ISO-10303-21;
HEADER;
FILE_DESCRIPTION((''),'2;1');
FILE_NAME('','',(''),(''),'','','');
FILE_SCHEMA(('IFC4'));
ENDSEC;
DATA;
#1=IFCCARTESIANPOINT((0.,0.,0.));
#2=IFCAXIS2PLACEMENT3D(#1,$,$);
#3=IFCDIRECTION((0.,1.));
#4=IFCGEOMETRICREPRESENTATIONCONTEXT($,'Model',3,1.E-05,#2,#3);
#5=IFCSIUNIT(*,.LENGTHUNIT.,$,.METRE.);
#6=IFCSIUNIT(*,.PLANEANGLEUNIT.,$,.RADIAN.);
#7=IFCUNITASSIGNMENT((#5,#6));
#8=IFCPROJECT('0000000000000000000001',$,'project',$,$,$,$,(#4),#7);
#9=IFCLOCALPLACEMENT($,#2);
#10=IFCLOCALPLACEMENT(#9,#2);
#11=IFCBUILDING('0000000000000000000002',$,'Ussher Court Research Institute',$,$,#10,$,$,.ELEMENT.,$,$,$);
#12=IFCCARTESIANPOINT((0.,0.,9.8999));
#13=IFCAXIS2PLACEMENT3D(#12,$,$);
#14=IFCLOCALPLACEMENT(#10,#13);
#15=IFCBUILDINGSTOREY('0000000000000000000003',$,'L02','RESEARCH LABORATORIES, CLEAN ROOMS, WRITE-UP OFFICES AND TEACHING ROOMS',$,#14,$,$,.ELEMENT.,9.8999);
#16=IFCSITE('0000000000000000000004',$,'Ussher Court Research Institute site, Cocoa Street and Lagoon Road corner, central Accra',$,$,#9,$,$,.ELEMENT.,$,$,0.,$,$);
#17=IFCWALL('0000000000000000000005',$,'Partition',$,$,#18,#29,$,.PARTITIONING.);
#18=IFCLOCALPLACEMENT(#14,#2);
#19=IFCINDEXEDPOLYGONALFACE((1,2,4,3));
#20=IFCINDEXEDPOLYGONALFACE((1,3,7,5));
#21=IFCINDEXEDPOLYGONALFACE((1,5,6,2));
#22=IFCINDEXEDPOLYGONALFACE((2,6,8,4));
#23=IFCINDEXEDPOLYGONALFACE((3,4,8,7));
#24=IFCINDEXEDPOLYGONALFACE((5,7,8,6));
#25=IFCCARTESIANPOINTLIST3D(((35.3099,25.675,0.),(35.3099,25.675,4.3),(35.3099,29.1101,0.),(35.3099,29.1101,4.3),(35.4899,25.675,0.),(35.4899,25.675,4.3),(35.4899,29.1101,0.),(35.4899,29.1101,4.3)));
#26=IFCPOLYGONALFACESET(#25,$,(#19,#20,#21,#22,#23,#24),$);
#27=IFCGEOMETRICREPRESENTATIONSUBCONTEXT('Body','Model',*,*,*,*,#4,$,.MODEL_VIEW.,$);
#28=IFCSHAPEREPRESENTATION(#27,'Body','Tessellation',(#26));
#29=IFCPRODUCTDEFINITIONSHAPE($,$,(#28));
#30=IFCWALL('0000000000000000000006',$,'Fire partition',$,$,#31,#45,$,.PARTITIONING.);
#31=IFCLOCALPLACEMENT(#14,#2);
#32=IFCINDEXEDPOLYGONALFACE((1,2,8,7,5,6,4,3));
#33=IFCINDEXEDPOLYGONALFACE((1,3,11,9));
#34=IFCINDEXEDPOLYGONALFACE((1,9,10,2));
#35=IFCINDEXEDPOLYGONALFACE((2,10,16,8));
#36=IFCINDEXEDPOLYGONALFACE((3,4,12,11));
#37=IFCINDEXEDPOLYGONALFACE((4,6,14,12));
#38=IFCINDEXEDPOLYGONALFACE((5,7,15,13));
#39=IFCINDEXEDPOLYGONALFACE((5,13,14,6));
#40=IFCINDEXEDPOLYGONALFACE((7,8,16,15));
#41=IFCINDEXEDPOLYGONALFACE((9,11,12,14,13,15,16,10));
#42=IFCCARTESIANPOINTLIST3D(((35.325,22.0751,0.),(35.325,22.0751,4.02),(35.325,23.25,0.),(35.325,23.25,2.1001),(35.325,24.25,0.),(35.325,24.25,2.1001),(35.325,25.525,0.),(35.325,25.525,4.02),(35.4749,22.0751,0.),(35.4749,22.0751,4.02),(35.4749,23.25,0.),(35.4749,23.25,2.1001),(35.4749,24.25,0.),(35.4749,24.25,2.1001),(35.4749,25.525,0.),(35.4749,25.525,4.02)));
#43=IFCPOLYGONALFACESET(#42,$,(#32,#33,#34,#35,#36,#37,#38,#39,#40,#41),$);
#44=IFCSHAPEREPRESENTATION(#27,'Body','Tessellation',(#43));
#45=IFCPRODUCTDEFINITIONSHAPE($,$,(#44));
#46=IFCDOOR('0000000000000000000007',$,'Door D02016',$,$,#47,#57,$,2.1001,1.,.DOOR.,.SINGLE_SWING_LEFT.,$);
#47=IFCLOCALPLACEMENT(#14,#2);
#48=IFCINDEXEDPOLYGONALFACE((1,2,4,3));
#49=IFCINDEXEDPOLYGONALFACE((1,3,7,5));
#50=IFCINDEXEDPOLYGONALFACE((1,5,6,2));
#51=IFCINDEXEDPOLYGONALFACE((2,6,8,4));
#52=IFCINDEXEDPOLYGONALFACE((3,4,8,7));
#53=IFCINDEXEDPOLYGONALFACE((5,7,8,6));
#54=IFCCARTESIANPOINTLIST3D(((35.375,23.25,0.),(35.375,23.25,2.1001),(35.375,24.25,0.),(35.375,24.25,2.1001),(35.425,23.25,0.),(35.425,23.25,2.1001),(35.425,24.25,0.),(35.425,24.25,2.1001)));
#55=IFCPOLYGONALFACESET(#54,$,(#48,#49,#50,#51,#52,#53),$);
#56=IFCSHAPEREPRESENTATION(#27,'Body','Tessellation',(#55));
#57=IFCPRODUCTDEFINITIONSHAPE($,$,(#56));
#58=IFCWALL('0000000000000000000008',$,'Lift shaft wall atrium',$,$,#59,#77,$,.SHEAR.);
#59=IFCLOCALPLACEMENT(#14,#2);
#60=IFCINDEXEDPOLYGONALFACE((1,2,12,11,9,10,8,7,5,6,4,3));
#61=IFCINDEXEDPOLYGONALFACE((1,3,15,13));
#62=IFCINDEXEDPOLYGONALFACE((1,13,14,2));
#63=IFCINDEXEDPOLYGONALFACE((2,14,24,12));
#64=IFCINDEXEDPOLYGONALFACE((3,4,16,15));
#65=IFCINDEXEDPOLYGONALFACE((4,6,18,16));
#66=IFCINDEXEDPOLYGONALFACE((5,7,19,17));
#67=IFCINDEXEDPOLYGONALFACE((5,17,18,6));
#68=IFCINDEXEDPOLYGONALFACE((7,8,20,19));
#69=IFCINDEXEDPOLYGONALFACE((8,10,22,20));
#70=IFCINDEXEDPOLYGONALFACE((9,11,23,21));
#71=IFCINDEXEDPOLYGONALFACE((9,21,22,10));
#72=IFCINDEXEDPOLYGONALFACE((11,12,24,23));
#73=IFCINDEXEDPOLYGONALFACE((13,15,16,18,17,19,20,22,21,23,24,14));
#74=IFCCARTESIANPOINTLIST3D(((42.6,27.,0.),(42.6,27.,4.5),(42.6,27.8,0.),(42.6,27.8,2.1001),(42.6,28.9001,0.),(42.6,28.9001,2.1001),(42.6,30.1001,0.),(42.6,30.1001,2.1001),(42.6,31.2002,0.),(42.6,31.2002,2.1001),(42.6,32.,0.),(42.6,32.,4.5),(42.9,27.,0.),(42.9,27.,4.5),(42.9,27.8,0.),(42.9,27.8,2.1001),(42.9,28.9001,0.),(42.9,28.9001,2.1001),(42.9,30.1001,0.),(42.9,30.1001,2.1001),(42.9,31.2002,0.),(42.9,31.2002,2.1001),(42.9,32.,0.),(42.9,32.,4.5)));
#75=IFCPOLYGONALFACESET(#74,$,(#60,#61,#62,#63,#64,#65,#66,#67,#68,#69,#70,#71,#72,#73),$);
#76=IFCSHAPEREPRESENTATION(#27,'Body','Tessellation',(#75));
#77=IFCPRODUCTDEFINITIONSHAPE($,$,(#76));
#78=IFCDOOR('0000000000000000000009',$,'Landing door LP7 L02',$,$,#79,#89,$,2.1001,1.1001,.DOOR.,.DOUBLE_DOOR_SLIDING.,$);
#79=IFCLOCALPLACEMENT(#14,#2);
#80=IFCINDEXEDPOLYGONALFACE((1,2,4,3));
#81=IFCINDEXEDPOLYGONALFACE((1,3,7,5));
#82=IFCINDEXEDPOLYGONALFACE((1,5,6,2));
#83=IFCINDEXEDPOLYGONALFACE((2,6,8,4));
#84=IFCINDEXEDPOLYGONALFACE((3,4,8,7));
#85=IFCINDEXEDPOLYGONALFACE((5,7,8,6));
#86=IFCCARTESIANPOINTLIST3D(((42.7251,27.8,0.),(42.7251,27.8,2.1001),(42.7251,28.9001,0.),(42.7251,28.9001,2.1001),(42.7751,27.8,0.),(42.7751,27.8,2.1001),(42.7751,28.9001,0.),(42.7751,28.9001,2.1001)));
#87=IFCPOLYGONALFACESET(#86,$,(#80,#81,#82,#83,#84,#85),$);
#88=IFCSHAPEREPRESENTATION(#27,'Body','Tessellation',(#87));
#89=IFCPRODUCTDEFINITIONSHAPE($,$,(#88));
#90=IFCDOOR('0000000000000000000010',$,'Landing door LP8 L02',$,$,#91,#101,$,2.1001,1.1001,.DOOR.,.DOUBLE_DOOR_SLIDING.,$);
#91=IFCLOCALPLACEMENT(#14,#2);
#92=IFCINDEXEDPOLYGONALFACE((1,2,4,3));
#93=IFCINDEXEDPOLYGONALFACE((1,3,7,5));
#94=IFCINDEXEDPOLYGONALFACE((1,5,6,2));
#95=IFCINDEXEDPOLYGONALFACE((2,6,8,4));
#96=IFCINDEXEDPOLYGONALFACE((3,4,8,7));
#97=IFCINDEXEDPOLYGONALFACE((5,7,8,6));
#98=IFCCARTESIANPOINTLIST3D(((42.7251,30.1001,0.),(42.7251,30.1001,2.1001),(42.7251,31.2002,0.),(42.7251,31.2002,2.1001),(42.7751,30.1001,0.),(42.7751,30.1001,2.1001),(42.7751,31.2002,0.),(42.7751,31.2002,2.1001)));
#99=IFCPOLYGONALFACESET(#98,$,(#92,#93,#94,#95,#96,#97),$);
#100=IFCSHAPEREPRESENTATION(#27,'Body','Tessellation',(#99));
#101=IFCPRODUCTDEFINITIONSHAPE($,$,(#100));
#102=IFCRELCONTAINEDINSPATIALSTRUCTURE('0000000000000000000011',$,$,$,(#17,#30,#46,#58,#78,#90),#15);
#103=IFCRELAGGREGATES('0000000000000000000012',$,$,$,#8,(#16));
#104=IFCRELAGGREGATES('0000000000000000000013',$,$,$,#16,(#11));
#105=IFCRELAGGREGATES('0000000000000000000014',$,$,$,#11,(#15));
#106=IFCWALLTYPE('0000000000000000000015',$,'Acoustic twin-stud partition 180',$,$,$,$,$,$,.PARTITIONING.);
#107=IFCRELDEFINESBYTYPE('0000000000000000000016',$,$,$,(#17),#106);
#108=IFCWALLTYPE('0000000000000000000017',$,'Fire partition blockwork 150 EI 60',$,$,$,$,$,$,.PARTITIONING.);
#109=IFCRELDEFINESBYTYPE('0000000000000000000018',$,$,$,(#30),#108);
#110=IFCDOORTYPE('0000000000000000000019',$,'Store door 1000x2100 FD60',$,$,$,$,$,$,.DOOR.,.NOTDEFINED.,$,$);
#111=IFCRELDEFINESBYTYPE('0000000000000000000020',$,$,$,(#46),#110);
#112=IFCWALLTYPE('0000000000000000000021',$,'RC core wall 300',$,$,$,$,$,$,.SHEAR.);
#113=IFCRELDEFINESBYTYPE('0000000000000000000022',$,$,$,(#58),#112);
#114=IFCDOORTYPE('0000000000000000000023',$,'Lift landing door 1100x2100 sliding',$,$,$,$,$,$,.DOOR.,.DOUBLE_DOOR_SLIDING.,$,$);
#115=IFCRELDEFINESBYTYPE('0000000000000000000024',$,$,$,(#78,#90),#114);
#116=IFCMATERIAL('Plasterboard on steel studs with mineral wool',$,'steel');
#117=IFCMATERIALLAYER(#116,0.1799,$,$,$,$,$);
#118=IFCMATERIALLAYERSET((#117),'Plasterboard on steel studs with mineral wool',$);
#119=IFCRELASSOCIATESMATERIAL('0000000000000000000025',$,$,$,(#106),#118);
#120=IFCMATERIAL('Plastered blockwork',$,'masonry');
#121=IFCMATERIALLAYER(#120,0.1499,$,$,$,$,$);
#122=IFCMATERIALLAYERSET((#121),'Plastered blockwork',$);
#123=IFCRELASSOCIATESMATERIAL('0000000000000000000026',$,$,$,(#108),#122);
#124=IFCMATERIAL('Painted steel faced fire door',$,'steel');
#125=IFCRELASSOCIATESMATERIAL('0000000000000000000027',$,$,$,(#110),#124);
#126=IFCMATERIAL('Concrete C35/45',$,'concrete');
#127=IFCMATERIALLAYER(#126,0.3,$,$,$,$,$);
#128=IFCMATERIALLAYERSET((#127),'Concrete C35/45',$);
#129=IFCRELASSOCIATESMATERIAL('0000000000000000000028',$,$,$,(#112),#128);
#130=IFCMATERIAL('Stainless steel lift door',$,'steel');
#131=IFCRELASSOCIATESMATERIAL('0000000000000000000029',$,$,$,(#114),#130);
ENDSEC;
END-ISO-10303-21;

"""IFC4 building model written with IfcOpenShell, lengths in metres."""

from ifc_helpers import new_model, si_unit, direction, frame, frame_2d, origin, place, context, subcontext, project, spatial, rectangle, extrude, material, layer, layer_set, type_object, element, fill, save


model = new_model("IFC4")

# Units and contexts
model_context = context("Model", 3, precision=1e-05, world=origin(), true_north=direction((0.0, 1.0)))
body_context = subcontext(model_context, "Body", "Model", "MODEL_VIEW")
ifc_project = project(units=[si_unit("LENGTHUNIT", "METRE"), si_unit("PLANEANGLEUNIT", "RADIAN")], contexts=[model_context])

# Site, building, storey
site_placement = place(None, origin())
site = spatial("IfcSite", under=ifc_project, at=site_placement, Name="Ussher Court Research Institute site, Cocoa Street and Lagoon Road corner, central Accra", CompositionType="ELEMENT", RefElevation=0.0)
building_placement = place(site_placement, origin())
building = spatial("IfcBuilding", under=site, at=building_placement, Name="Ussher Court Research Institute", CompositionType="ELEMENT")
storey_placement = place(building_placement, frame((0.0, 0.0, 9.8999)))
storey = spatial("IfcBuildingStorey", under=building, at=storey_placement, Name="L02", Description="RESEARCH LABORATORIES, CLEAN ROOMS, WRITE-UP OFFICES AND TEACHING ROOMS", CompositionType="ELEMENT", Elevation=9.8999)

# Shared definitions
ifc_material_1 = material(Name="Plasterboard on steel studs with mineral wool", Category="steel")
ifc_layer_1 = layer(ifc_material_1, 0.1799)
ifc_layer_set_1 = layer_set([ifc_layer_1], Name="Plasterboard on steel studs with mineral wool")
wall_type_1 = type_object("IfcWallType", Name="Acoustic twin-stud partition 180", PredefinedType="PARTITIONING", material=ifc_layer_set_1)

# Wall
wall_1_placement = place(storey_placement, frame((35.3999, 25.675, 0.0), z_axis=(0.0, 0.0, 1.0), x_axis=(0.0, 1.0, 0.0)))
element("IfcWall", 1, at=wall_1_placement, inside=storey, type_object=wall_type_1, Name="Partition", PredefinedType="PARTITIONING", context=body_context, shape_type="SweptSolid", body=[
    extrude(rectangle(XDim=3.4351, YDim=0.1799, at=frame_2d((1.7175, 0.0))), origin(), (0.0, 0.0, 1.0), 4.3),
])

# Wall, opening, door
ifc_material_2 = material(Name="Plastered blockwork", Category="masonry")
ifc_layer_2 = layer(ifc_material_2, 0.1499)
ifc_layer_set_2 = layer_set([ifc_layer_2], Name="Plastered blockwork")
wall_type_2 = type_object("IfcWallType", Name="Fire partition blockwork 150 EI 60", PredefinedType="PARTITIONING", material=ifc_layer_set_2)
wall_2_placement = place(storey_placement, frame((35.3999, 22.075, 0.0), z_axis=(0.0, 0.0, 1.0), x_axis=(0.0, 1.0, 0.0)))
wall_2 = element("IfcWall", 2, at=wall_2_placement, inside=storey, type_object=wall_type_2, Name="Fire partition", PredefinedType="PARTITIONING", context=body_context, shape_type="SweptSolid", body=[
    extrude(rectangle(XDim=3.45, YDim=0.1499, at=frame_2d((1.7251, 0.0))), origin(), (0.0, 0.0, 1.0), 4.02),
])
opening_1_placement = place(wall_2_placement, frame((1.175, 0.0, 0.0)))
opening_1 = element("IfcOpeningElement", 3, at=opening_1_placement, cuts=wall_2, PredefinedType="OPENING", context=body_context, shape_type="SweptSolid", body=[
    extrude(rectangle(XDim=1.0, YDim=2.1001, at=frame_2d((0.5, 1.05))), frame((0.0, 0.085, 0.0), z_axis=(0.0, -1.0, 0.0), x_axis=(1.0, 0.0, 0.0)), (0.0, 0.0, 1.0), 0.1699),
])
ifc_material_3 = material(Name="Painted steel faced fire door", Category="steel")
door_type_1 = type_object("IfcDoorType", Name="Store door 1000x2100 FD60", OperationType="NOTDEFINED", PredefinedType="DOOR", material=ifc_material_3)
door_1_placement = place(opening_1_placement, origin())
door_1 = element("IfcDoor", 4, at=door_1_placement, inside=storey, type_object=door_type_1, Name="Door D02016", OperationType="SINGLE_SWING_LEFT", OverallHeight=2.1001, OverallWidth=1.0, PredefinedType="DOOR", context=body_context, shape_type="SweptSolid", body=[
    extrude(rectangle(XDim=1.0, YDim=2.1001, at=frame_2d((0.5, 1.05))), frame((0.0, 0.0249, 0.0), z_axis=(0.0, -1.0, 0.0), x_axis=(1.0, 0.0, 0.0)), (0.0, 0.0, 1.0), 0.05),
])
fill(opening_1, door_1)

# Wall, openings, doors
ifc_material_4 = material(Name="Concrete C35/45", Category="concrete")
ifc_layer_3 = layer(ifc_material_4, 0.3)
ifc_layer_set_3 = layer_set([ifc_layer_3], Name="Concrete C35/45")
wall_type_3 = type_object("IfcWallType", Name="RC core wall 300", PredefinedType="SHEAR", material=ifc_layer_set_3)
wall_3_placement = place(storey_placement, frame((42.75, 27.0, 0.0), z_axis=(0.0, 0.0, 1.0), x_axis=(0.0, 1.0, 0.0)))
wall_3 = element("IfcWall", 5, at=wall_3_placement, inside=storey, type_object=wall_type_3, Name="Lift shaft wall atrium", PredefinedType="SHEAR", context=body_context, shape_type="SweptSolid", body=[
    extrude(rectangle(XDim=5.0, YDim=0.3, at=frame_2d((2.5, 0.0))), origin(), (0.0, 0.0, 1.0), 4.5),
])
opening_2_placement = place(wall_3_placement, frame((0.8, 0.0, 0.0)))
opening_2 = element("IfcOpeningElement", 6, at=opening_2_placement, cuts=wall_3, PredefinedType="OPENING", context=body_context, shape_type="SweptSolid", body=[
    extrude(rectangle(XDim=1.1001, YDim=2.1001, at=frame_2d((0.55, 1.05))), frame((0.0, 0.1602, 0.0), z_axis=(0.0, -1.0, 0.0), x_axis=(1.0, 0.0, 0.0)), (0.0, 0.0, 1.0), 0.3201),
])
opening_3_placement = place(wall_3_placement, frame((3.1001, 0.0, 0.0)))
opening_3 = element("IfcOpeningElement", 7, at=opening_3_placement, cuts=wall_3, PredefinedType="OPENING", context=body_context, shape_type="SweptSolid", body=[
    extrude(rectangle(XDim=1.1001, YDim=2.1001, at=frame_2d((0.55, 1.05))), frame((0.0, 0.1602, 0.0), z_axis=(0.0, -1.0, 0.0), x_axis=(1.0, 0.0, 0.0)), (0.0, 0.0, 1.0), 0.3201),
])
ifc_material_5 = material(Name="Stainless steel lift door", Category="steel")
door_type_2 = type_object("IfcDoorType", Name="Lift landing door 1100x2100 sliding", OperationType="DOUBLE_DOOR_SLIDING", PredefinedType="DOOR", material=ifc_material_5)
door_2_placement = place(opening_2_placement, origin())
door_2 = element("IfcDoor", 8, at=door_2_placement, inside=storey, type_object=door_type_2, Name="Landing door LP7 L02", OperationType="DOUBLE_DOOR_SLIDING", OverallHeight=2.1001, OverallWidth=1.1001, PredefinedType="DOOR", context=body_context, shape_type="SweptSolid", body=[
    extrude(rectangle(XDim=1.1001, YDim=2.1001, at=frame_2d((0.55, 1.05))), frame((0.0, 0.0249, 0.0), z_axis=(0.0, -1.0, 0.0), x_axis=(1.0, 0.0, 0.0)), (0.0, 0.0, 1.0), 0.05),
])
fill(opening_2, door_2)
door_3_placement = place(opening_3_placement, origin())
door_3 = element("IfcDoor", 9, at=door_3_placement, inside=storey, type_object=door_type_2, Name="Landing door LP8 L02", OperationType="DOUBLE_DOOR_SLIDING", OverallHeight=2.1001, OverallWidth=1.1001, PredefinedType="DOOR", context=body_context, shape_type="SweptSolid", body=[
    extrude(rectangle(XDim=1.1001, YDim=2.1001, at=frame_2d((0.55, 1.05))), frame((0.0, 0.0249, 0.0), z_axis=(0.0, -1.0, 0.0), x_axis=(1.0, 0.0, 0.0)), (0.0, 0.0, 1.0), 0.05),
])
fill(opening_3, door_3)

save(model, "model.ifc")
